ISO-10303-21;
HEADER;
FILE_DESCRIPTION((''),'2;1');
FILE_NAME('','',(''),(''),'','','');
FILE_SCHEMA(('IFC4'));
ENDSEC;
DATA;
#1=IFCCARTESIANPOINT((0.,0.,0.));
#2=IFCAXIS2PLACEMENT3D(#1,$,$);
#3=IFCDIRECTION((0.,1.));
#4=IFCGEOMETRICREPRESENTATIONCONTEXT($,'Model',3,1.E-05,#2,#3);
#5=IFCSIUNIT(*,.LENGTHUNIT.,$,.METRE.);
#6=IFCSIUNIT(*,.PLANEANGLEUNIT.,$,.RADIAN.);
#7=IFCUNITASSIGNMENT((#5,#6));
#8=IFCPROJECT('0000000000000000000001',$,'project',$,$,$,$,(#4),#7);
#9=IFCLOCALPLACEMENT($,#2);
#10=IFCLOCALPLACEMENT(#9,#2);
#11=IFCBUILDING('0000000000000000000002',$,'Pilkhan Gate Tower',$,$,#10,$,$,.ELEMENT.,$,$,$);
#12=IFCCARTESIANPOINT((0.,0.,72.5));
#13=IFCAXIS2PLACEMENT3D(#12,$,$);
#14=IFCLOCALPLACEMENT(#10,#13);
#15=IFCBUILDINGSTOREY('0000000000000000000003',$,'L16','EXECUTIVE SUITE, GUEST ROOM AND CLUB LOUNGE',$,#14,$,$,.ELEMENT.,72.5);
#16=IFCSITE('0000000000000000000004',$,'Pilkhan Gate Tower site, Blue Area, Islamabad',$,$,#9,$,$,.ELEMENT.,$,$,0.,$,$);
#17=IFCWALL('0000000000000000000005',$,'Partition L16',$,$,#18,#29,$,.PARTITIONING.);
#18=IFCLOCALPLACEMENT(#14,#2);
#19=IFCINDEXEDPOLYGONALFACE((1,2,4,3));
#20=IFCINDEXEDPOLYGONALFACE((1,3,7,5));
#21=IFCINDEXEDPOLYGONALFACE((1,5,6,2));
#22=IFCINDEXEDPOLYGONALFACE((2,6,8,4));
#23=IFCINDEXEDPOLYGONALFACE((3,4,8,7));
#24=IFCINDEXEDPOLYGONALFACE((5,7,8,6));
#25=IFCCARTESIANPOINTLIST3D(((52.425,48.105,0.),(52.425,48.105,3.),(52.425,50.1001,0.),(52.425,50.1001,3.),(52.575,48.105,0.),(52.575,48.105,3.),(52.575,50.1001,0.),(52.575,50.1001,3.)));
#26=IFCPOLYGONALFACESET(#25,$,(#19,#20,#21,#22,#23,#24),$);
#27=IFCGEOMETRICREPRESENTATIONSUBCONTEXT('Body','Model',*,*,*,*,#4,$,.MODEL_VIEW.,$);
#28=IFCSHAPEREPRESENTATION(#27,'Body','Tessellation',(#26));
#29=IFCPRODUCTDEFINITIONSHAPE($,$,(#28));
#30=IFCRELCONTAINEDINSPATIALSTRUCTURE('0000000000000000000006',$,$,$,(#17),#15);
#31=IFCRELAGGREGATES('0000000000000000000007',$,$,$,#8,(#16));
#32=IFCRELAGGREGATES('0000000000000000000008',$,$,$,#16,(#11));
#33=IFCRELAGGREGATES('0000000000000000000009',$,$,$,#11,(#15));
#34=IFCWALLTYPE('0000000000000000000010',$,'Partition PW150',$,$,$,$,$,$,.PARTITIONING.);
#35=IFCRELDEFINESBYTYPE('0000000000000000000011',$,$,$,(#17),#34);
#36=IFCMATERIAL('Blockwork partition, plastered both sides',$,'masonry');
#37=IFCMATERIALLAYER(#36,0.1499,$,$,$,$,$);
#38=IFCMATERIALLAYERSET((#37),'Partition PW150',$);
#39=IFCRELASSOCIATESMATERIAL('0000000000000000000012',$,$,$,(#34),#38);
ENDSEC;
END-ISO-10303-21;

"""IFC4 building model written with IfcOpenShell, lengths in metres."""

from ifc_helpers import new_model, si_unit, direction, frame, frame_2d, origin, place, context, subcontext, project, spatial, rectangle, extrude, material, layer, layer_set, type_object, element, save


model = new_model("IFC4")

# Units and contexts
model_context = context("Model", 3, precision=1e-05, world=origin(), true_north=direction((0.0, 1.0)))
body_context = subcontext(model_context, "Body", "Model", "MODEL_VIEW")
ifc_project = project(units=[si_unit("LENGTHUNIT", "METRE"), si_unit("PLANEANGLEUNIT", "RADIAN")], contexts=[model_context])

# Site, building, storey
site_placement = place(None, origin())
site = spatial("IfcSite", under=ifc_project, at=site_placement, Name="Pilkhan Gate Tower site, Blue Area, Islamabad", CompositionType="ELEMENT", RefElevation=0.0)
building_placement = place(site_placement, origin())
building = spatial("IfcBuilding", under=site, at=building_placement, Name="Pilkhan Gate Tower", CompositionType="ELEMENT")
storey_placement = place(building_placement, frame((0.0, 0.0, 72.5)))
storey = spatial("IfcBuildingStorey", under=building, at=storey_placement, Name="L16", Description="EXECUTIVE SUITE, GUEST ROOM AND CLUB LOUNGE", CompositionType="ELEMENT", Elevation=72.5)

# Wall
ifc_material_1 = material(Name="Blockwork partition, plastered both sides", Category="masonry")
ifc_layer_1 = layer(ifc_material_1, 0.1499)
ifc_layer_set_1 = layer_set([ifc_layer_1], Name="Partition PW150")
wall_type_1 = type_object("IfcWallType", Name="Partition PW150", PredefinedType="PARTITIONING", material=ifc_layer_set_1)
wall_1_placement = place(storey_placement, frame((52.5, 48.105, 0.0), z_axis=(0.0, 0.0, 1.0), x_axis=(0.0, 1.0, 0.0)))
element("IfcWall", 1, at=wall_1_placement, inside=storey, type_object=wall_type_1, Name="Partition L16", PredefinedType="PARTITIONING", context=body_context, shape_type="SweptSolid", body=[
    extrude(rectangle(XDim=1.9951, YDim=0.1499, at=frame_2d((0.9976, 0.0))), origin(), (0.0, 0.0, 1.0), 3.0),
])

save(model, "model.ifc")
